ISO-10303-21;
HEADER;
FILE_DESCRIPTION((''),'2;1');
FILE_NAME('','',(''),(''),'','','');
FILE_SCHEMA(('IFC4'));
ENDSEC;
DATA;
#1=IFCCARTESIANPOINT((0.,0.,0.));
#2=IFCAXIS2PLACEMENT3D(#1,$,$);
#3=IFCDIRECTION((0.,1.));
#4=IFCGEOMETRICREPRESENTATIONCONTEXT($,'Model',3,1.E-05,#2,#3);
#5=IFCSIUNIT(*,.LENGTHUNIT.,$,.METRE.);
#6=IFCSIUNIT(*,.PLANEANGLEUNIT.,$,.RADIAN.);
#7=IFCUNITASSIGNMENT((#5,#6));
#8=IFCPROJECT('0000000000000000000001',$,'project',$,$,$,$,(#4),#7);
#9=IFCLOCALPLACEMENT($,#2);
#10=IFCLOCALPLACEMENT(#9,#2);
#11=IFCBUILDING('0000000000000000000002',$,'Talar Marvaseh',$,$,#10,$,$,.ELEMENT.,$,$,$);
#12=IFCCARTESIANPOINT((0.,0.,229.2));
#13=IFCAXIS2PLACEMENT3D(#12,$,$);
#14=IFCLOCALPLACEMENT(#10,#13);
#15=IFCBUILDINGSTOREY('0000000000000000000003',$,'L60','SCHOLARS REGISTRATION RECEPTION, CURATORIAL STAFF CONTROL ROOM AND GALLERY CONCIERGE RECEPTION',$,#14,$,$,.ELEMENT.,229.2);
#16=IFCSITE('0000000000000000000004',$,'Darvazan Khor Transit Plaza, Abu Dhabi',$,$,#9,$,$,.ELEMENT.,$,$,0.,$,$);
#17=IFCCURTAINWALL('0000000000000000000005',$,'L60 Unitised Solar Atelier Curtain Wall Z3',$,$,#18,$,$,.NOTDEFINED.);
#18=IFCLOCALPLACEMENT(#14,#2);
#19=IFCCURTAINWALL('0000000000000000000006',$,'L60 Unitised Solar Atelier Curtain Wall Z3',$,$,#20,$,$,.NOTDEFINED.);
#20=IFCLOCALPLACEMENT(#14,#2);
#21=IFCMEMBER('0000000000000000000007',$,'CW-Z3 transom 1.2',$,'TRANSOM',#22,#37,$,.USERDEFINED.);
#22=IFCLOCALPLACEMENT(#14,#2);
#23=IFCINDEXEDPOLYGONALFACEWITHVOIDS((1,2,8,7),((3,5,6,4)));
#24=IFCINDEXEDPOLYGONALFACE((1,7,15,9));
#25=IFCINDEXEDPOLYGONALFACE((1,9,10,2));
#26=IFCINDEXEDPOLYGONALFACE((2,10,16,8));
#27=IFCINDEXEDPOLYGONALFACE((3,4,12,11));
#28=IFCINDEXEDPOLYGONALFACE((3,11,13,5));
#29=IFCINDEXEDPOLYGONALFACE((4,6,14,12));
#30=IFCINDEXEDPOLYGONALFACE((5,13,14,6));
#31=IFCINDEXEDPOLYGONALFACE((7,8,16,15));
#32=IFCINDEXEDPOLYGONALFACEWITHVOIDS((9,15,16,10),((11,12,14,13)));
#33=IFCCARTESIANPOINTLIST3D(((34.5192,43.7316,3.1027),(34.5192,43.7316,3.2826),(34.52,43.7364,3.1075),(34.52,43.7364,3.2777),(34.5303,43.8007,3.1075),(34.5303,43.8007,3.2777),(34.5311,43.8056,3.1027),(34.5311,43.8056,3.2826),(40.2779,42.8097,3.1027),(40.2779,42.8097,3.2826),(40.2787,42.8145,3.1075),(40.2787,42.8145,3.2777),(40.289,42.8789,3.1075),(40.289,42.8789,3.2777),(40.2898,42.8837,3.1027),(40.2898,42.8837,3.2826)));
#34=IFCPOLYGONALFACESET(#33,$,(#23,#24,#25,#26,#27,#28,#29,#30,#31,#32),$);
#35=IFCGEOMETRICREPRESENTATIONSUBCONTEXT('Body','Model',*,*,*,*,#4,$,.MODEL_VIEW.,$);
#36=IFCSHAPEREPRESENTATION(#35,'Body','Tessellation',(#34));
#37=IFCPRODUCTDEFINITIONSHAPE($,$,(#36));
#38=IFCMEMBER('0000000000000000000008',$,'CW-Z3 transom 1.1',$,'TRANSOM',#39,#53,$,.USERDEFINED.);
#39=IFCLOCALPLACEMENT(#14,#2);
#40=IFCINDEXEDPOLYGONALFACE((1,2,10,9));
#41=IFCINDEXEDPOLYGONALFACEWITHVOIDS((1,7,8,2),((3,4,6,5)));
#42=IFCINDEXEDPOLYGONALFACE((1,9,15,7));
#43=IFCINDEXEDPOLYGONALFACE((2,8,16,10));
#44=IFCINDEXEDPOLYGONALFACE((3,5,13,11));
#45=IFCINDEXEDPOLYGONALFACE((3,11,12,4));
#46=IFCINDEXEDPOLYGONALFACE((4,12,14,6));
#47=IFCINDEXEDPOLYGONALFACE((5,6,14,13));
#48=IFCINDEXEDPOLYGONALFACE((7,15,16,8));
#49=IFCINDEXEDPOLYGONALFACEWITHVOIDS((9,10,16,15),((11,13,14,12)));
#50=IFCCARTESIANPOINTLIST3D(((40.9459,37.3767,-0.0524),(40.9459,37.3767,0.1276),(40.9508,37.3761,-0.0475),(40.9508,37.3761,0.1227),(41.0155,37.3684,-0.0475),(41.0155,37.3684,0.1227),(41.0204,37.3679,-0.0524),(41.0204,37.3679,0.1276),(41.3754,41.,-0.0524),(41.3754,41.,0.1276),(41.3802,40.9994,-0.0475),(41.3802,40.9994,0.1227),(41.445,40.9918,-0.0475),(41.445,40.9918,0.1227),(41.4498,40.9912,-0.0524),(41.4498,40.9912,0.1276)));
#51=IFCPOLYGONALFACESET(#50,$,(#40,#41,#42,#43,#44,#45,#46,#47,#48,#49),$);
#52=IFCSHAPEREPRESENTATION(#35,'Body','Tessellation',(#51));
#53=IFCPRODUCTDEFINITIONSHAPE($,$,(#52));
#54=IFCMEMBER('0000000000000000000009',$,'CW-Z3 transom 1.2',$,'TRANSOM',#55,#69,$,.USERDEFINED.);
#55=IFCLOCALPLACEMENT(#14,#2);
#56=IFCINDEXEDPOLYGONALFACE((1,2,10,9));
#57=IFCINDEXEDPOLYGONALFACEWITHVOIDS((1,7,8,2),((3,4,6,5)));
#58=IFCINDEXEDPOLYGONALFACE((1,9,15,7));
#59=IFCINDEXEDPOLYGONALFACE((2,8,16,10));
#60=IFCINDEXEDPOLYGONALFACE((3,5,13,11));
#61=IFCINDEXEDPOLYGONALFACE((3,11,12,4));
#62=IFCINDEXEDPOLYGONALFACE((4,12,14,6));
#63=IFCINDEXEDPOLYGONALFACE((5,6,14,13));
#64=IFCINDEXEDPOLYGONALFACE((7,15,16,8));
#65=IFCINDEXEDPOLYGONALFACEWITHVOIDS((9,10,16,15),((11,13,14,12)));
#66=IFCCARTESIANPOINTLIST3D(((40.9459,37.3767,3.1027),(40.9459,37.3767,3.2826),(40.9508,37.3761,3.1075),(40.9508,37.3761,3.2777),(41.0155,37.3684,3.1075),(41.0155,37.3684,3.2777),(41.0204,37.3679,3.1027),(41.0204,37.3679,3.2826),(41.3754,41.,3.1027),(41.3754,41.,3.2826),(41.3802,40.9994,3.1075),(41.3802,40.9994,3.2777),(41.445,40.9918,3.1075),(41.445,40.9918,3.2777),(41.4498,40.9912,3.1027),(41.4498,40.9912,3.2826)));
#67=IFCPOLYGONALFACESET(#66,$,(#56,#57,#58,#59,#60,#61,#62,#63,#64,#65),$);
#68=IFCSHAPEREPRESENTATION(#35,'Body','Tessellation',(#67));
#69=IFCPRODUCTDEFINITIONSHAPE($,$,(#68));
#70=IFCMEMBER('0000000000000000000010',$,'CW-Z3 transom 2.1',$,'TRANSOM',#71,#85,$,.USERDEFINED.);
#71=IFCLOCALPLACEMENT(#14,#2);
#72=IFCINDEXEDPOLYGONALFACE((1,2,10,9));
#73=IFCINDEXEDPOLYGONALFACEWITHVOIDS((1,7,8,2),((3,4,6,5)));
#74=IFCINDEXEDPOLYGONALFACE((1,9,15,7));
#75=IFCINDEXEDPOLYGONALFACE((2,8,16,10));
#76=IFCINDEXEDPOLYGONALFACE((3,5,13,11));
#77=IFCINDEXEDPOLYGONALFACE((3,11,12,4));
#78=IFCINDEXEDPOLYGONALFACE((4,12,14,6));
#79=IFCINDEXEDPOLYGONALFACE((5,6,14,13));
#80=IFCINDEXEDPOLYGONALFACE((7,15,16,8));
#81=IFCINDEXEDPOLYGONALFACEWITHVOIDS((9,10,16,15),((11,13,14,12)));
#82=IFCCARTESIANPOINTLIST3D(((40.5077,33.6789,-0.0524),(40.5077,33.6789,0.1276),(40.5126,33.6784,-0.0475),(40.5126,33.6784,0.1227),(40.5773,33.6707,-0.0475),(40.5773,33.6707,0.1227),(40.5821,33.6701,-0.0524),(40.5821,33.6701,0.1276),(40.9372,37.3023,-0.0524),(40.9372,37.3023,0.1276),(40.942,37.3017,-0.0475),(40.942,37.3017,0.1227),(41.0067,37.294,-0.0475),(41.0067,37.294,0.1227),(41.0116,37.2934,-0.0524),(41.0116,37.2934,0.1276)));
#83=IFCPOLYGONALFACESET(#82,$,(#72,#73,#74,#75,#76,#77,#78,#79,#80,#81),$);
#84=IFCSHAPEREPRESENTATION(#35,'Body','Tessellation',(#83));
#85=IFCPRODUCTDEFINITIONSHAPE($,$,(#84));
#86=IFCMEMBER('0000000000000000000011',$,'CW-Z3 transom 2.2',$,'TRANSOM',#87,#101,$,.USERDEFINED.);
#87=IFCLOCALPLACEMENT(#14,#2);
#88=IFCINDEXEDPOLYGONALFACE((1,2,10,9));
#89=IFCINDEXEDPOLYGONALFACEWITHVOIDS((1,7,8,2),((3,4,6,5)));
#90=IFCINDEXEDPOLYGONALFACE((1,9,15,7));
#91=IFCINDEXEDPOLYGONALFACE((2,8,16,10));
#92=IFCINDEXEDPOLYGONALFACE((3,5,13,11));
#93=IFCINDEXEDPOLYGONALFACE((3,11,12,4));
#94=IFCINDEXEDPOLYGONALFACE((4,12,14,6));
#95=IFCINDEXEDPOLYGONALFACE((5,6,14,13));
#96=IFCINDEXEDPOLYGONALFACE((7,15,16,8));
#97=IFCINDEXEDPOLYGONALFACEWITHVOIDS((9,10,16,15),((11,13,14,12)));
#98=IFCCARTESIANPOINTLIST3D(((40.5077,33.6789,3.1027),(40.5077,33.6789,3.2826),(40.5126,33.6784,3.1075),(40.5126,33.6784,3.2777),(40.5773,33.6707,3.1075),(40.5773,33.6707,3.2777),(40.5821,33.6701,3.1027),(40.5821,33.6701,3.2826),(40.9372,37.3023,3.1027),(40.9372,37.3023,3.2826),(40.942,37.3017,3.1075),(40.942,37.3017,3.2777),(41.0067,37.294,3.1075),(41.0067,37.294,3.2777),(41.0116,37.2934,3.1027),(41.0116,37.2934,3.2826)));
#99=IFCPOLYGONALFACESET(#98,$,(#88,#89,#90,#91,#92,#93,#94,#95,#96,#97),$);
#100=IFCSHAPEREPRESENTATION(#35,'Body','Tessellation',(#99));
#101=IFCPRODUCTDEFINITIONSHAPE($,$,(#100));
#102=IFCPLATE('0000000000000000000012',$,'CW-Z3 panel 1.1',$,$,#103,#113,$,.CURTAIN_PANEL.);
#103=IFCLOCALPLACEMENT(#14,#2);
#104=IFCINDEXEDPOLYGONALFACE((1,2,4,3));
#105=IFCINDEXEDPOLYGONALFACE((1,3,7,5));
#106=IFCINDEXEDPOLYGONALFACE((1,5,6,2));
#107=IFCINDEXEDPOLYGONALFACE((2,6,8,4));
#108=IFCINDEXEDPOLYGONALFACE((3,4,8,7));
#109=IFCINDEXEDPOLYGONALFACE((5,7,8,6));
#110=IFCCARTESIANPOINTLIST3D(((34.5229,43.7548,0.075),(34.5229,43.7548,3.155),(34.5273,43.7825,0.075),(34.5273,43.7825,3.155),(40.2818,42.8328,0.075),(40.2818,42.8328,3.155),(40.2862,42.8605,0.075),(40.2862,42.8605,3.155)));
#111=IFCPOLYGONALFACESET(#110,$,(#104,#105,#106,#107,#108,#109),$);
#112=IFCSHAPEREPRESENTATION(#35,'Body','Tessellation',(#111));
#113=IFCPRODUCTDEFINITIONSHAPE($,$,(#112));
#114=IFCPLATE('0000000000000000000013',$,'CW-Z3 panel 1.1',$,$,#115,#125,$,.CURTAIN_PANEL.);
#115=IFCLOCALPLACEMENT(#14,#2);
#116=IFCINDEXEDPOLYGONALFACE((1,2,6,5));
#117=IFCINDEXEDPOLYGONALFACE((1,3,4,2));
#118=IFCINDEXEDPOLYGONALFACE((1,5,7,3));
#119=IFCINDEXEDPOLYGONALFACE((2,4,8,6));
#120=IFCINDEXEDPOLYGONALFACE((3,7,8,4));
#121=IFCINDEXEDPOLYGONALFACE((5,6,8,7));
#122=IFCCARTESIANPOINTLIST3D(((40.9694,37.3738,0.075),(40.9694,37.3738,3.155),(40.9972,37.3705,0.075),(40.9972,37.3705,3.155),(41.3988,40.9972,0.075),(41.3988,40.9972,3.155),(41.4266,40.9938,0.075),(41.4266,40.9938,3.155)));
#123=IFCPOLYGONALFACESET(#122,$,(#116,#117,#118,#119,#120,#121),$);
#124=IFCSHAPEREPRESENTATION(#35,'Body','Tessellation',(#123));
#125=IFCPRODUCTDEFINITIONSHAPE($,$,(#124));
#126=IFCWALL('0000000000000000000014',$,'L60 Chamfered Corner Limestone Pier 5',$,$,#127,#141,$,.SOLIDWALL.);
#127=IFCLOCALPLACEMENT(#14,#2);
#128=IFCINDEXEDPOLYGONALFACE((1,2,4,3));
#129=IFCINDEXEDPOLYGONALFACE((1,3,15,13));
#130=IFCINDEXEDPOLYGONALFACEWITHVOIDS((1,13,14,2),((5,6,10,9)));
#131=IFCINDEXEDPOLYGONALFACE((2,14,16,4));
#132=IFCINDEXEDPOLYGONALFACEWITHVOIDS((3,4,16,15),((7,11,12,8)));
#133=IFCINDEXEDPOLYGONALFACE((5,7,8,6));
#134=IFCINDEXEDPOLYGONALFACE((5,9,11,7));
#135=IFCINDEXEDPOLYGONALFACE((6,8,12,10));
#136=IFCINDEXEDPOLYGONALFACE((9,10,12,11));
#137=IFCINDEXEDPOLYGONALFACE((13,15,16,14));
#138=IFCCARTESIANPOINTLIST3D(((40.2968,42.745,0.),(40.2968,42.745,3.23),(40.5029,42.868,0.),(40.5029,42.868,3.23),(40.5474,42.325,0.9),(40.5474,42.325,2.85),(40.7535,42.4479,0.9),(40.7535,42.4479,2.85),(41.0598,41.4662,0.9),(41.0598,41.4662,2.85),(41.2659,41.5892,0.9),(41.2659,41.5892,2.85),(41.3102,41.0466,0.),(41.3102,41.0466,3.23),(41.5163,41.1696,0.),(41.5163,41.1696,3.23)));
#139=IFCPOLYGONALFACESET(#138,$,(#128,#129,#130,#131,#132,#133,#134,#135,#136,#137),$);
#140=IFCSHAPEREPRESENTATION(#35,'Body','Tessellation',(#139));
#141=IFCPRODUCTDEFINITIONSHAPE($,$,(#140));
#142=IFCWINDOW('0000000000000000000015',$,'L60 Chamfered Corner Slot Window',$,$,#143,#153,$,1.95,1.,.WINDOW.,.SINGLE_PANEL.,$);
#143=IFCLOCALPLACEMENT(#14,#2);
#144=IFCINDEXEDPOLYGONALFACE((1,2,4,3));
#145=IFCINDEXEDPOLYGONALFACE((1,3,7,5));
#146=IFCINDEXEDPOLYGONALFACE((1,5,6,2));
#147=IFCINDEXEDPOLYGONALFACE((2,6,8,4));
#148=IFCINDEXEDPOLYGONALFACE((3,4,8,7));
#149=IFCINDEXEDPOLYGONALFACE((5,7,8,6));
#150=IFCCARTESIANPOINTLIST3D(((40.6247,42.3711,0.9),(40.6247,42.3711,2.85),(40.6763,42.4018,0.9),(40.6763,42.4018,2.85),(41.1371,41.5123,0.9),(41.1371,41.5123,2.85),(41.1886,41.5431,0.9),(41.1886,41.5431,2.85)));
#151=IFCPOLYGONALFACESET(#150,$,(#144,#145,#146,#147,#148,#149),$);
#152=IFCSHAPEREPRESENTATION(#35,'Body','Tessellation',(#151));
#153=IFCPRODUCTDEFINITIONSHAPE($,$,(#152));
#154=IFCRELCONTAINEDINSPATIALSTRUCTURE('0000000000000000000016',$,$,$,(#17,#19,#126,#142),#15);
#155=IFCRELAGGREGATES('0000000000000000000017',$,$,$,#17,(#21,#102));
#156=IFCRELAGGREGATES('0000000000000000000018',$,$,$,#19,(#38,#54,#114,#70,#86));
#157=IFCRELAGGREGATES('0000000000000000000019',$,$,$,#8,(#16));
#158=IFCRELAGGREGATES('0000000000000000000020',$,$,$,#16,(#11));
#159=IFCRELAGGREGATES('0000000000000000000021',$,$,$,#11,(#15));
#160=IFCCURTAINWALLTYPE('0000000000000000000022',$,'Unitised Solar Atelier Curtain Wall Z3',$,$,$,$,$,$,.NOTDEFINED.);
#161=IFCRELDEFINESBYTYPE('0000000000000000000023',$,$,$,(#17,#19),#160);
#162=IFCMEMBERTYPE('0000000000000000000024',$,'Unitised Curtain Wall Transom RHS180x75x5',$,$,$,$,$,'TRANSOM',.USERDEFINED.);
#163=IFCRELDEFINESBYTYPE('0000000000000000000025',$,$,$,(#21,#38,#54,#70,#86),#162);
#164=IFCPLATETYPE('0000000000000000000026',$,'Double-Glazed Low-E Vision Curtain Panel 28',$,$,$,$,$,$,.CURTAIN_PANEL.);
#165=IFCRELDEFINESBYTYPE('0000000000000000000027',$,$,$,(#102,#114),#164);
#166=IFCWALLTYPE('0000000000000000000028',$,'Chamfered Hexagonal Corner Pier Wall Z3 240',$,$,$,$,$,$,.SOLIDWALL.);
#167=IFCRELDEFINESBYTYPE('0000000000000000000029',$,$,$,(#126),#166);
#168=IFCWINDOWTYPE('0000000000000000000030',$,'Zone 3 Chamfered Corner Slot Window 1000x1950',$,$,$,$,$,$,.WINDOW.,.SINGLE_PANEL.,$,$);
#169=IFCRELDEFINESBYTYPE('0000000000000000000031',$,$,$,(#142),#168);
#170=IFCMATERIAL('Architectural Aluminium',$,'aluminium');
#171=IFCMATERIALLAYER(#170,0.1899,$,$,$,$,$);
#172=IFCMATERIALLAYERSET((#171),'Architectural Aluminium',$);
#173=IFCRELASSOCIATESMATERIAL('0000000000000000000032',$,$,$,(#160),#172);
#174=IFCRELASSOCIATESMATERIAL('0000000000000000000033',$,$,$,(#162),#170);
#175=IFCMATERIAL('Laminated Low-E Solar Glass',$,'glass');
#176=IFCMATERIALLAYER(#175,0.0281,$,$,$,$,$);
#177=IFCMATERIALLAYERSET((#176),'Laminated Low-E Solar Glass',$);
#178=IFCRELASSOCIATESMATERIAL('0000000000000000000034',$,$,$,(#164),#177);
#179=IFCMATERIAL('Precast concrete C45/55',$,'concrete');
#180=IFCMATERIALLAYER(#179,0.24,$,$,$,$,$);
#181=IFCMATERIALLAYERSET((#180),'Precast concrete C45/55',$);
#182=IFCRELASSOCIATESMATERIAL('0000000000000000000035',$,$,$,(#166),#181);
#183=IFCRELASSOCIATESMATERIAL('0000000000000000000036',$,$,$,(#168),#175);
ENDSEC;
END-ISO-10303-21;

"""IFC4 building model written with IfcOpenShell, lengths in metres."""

from ifc_helpers import new_model, si_unit, direction, frame, frame_2d, origin, origin_2d, place, context, subcontext, project, spatial, rectangle, hollow_rectangle, extrude, source, transform, mapped, material, layer, layer_set, material_profile, profile_set, type_object, type_shapes, element, fill, aggregate, save


model = new_model("IFC4")

# Units and contexts
model_context = context("Model", 3, precision=1e-05, world=origin(), true_north=direction((0.0, 1.0)))
body_context = subcontext(model_context, "Body", "Model", "MODEL_VIEW")
ifc_project = project(units=[si_unit("LENGTHUNIT", "METRE"), si_unit("PLANEANGLEUNIT", "RADIAN")], contexts=[model_context])

# Site, building, storey
site_placement = place(None, origin())
site = spatial("IfcSite", under=ifc_project, at=site_placement, Name="Darvazan Khor Transit Plaza, Abu Dhabi", CompositionType="ELEMENT", RefElevation=0.0)
building_placement = place(site_placement, origin())
building = spatial("IfcBuilding", under=site, at=building_placement, Name="Talar Marvaseh", CompositionType="ELEMENT")
storey_placement = place(building_placement, frame((0.0, 0.0, 229.2)))
storey = spatial("IfcBuildingStorey", under=building, at=storey_placement, Name="L60", Description="SCHOLARS REGISTRATION RECEPTION, CURATORIAL STAFF CONTROL ROOM AND GALLERY CONCIERGE RECEPTION", CompositionType="ELEMENT", Elevation=229.2)

# Curtain wall
ifc_material_1 = material(Name="Architectural Aluminium", Category="aluminium")
ifc_layer_1 = layer(ifc_material_1, 0.1899)
ifc_layer_set_1 = layer_set([ifc_layer_1], Name="Architectural Aluminium")
curtain_wall_type = type_object("IfcCurtainWallType", Name="Unitised Solar Atelier Curtain Wall Z3", PredefinedType="NOTDEFINED", material=ifc_layer_set_1)
curtain_wall_1_placement = place(storey_placement, origin())
curtain_wall_1 = element("IfcCurtainWall", 1, at=curtain_wall_1_placement, inside=storey, type_object=curtain_wall_type, Name="L60 Unitised Solar Atelier Curtain Wall Z3", PredefinedType="NOTDEFINED")

# Curtain wall
curtain_wall_2_placement = place(storey_placement, origin())
curtain_wall_2 = element("IfcCurtainWall", 2, at=curtain_wall_2_placement, inside=storey, type_object=curtain_wall_type, Name="L60 Unitised Solar Atelier Curtain Wall Z3", PredefinedType="NOTDEFINED")

# Members
ifc_material_profile_1 = material_profile(ifc_material_1, hollow_rectangle(XDim=0.075, YDim=0.1799, WallThickness=0.0049, at=origin_2d()), Name="RHS180x75x5")
ifc_profile_set_1 = profile_set([ifc_material_profile_1], Name="Architectural Aluminium")
member_type_1 = type_object("IfcMemberType", Name="Unitised Curtain Wall Transom RHS180x75x5", ElementType="TRANSOM", PredefinedType="USERDEFINED", material=ifc_profile_set_1)
shared_shape_1 = source(origin(), body_context, "Body", "SweptSolid", [
    extrude(hollow_rectangle(XDim=0.075, YDim=0.1799, WallThickness=0.0049, at=origin_2d()), origin(), (0.0, 0.0, 1.0), 5.832),
])
member_1_placement = place(storey_placement, frame((34.5251, 43.7686, 3.1926), z_axis=(0.987428, -0.158069, 0.0), x_axis=(0.158069, 0.987428, 0.0)))
member_1 = element("IfcMember", 3, at=member_1_placement, type_object=member_type_1, Name="CW-Z3 transom 1.2", ObjectType="TRANSOM", PredefinedType="USERDEFINED", context=body_context, shape_type="MappedRepresentation", body=[
    mapped(shared_shape_1, transform((0.0, 0.0, 0.0), x_axis=(1.0, 0.0, 0.0), y_axis=(0.0, 1.0, 0.0), z_axis=(0.0, 0.0, 1.0), scale=1.0)),
])
shared_shape_2 = source(origin(), body_context, "Body", "SweptSolid", [
    extrude(hollow_rectangle(XDim=0.075, YDim=0.1799, WallThickness=0.0049, at=origin_2d()), origin(), (0.0, 0.0, 1.0), 3.6487),
])
type_shapes(member_type_1, [shared_shape_1, shared_shape_2])
member_2_placement = place(storey_placement, frame((41.4126, 40.9956, 0.0376), z_axis=(-0.117699, -0.993049, 0.0), x_axis=(0.993049, -0.117699, 0.0)))
member_2 = element("IfcMember", 4, at=member_2_placement, type_object=member_type_1, Name="CW-Z3 transom 1.1", ObjectType="TRANSOM", PredefinedType="USERDEFINED", context=body_context, shape_type="MappedRepresentation", body=[
    mapped(shared_shape_2, transform((0.0, 0.0, 0.0), x_axis=(1.0, 0.0, 0.0), y_axis=(0.0, 1.0, 0.0), z_axis=(0.0, 0.0, 1.0), scale=1.0)),
])
member_3_placement = place(storey_placement, frame((41.4126, 40.9956, 3.1926), z_axis=(-0.117699, -0.993049, 0.0), x_axis=(0.993049, -0.117699, 0.0)))
member_3 = element("IfcMember", 5, at=member_3_placement, type_object=member_type_1, Name="CW-Z3 transom 1.2", ObjectType="TRANSOM", PredefinedType="USERDEFINED", context=body_context, shape_type="MappedRepresentation", body=[
    mapped(shared_shape_2, transform((0.0, 0.0, 0.0), x_axis=(1.0, 0.0, 0.0), y_axis=(0.0, 1.0, 0.0), z_axis=(0.0, 0.0, 1.0), scale=1.0)),
])
member_4_placement = place(storey_placement, frame((40.9744, 37.2979, 0.0376), z_axis=(-0.117699, -0.993049, 0.0), x_axis=(0.993049, -0.117699, 0.0)))
member_4 = element("IfcMember", 6, at=member_4_placement, type_object=member_type_1, Name="CW-Z3 transom 2.1", ObjectType="TRANSOM", PredefinedType="USERDEFINED", context=body_context, shape_type="MappedRepresentation", body=[
    mapped(shared_shape_2, transform((0.0, 0.0, 0.0), x_axis=(1.0, 0.0, 0.0), y_axis=(0.0, 1.0, 0.0), z_axis=(0.0, 0.0, 1.0), scale=1.0)),
])
member_5_placement = place(storey_placement, frame((40.9744, 37.2979, 3.1926), z_axis=(-0.117699, -0.993049, 0.0), x_axis=(0.993049, -0.117699, 0.0)))
member_5 = element("IfcMember", 7, at=member_5_placement, type_object=member_type_1, Name="CW-Z3 transom 2.2", ObjectType="TRANSOM", PredefinedType="USERDEFINED", context=body_context, shape_type="MappedRepresentation", body=[
    mapped(shared_shape_2, transform((0.0, 0.0, 0.0), x_axis=(1.0, 0.0, 0.0), y_axis=(0.0, 1.0, 0.0), z_axis=(0.0, 0.0, 1.0), scale=1.0)),
])

# Plates
ifc_material_2 = material(Name="Laminated Low-E Solar Glass", Category="glass")
ifc_layer_2 = layer(ifc_material_2, 0.0281)
ifc_layer_set_2 = layer_set([ifc_layer_2], Name="Laminated Low-E Solar Glass")
plate_type = type_object("IfcPlateType", Name="Double-Glazed Low-E Vision Curtain Panel 28", PredefinedType="CURTAIN_PANEL", material=ifc_layer_set_2)
shared_shape_3 = source(origin(), body_context, "Body", "SweptSolid", [
    extrude(rectangle(XDim=5.8323, YDim=0.0281, at=origin_2d()), origin(), (0.0, 0.0, 1.0), 3.0801),
])
plate_1_placement = place(storey_placement, frame((37.4045, 43.3076, 0.075), z_axis=(0.0, 0.0, 1.0), x_axis=(0.987426, -0.158085, 0.0)))
plate_1 = element("IfcPlate", 8, at=plate_1_placement, type_object=plate_type, Name="CW-Z3 panel 1.1", PredefinedType="CURTAIN_PANEL", context=body_context, shape_type="MappedRepresentation", body=[
    mapped(shared_shape_3, transform((0.0, 0.0, 0.0), x_axis=(1.0, 0.0, 0.0), y_axis=(0.0, 1.0, 0.0), z_axis=(0.0, 0.0, 1.0), scale=1.0)),
])
aggregate(curtain_wall_1, [member_1, plate_1])
shared_shape_4 = source(origin(), body_context, "Body", "SweptSolid", [
    extrude(rectangle(XDim=3.6487, YDim=0.0281, at=origin_2d()), origin(), (0.0, 0.0, 1.0), 3.0801),
])
type_shapes(plate_type, [shared_shape_3, shared_shape_4])
plate_2_placement = place(storey_placement, frame((41.198, 39.1838, 0.075), z_axis=(0.0, 0.0, 1.0), x_axis=(-0.117689, -0.993051, 0.0)))
plate_2 = element("IfcPlate", 9, at=plate_2_placement, type_object=plate_type, Name="CW-Z3 panel 1.1", PredefinedType="CURTAIN_PANEL", context=body_context, shape_type="MappedRepresentation", body=[
    mapped(shared_shape_4, transform((0.0, 0.0, 0.0), x_axis=(1.0, 0.0, 0.0), y_axis=(0.0, 1.0, 0.0), z_axis=(0.0, 0.0, 1.0), scale=1.0)),
])
aggregate(curtain_wall_2, [member_2, member_3, plate_2, member_4, member_5])

# Wall, opening, window
ifc_material_3 = material(Name="Precast concrete C45/55", Category="concrete")
ifc_layer_3 = layer(ifc_material_3, 0.24)
ifc_layer_set_3 = layer_set([ifc_layer_3], Name="Precast concrete C45/55")
wall_type_1 = type_object("IfcWallType", Name="Chamfered Hexagonal Corner Pier Wall Z3 240", PredefinedType="SOLIDWALL", material=ifc_layer_set_3)
wall_1_placement = place(storey_placement, frame((40.3999, 42.8064, 0.0), z_axis=(0.0, 0.0, 1.0), x_axis=(0.512389, -0.858754, 0.0)))
wall_1 = element("IfcWall", 10, at=wall_1_placement, inside=storey, type_object=wall_type_1, Name="L60 Chamfered Corner Limestone Pier 5", PredefinedType="SOLIDWALL", context=body_context, shape_type="SweptSolid", body=[
    extrude(rectangle(XDim=1.9778, YDim=0.24, at=frame_2d((0.9888, 0.0))), origin(), (0.0, 0.0, 1.0), 3.23),
])
opening_1_placement = place(wall_1_placement, frame((0.489, 0.0, 0.8999)))
opening_1 = element("IfcOpeningElement", 11, at=opening_1_placement, cuts=wall_1, PredefinedType="OPENING", context=body_context, shape_type="SweptSolid", body=[
    extrude(rectangle(XDim=1.0, YDim=1.95, at=frame_2d((0.5, 0.9751))), frame((0.0, 0.1299, 0.0), z_axis=(0.0, -1.0, 0.0), x_axis=(1.0, 0.0, 0.0)), (0.0, 0.0, 1.0), 0.26),
])
window_type = type_object("IfcWindowType", Name="Zone 3 Chamfered Corner Slot Window 1000x1950", PartitioningType="SINGLE_PANEL", PredefinedType="WINDOW", material=ifc_material_2)
shared_shape_5 = source(origin(), body_context, "Body", "SweptSolid", [
    extrude(rectangle(XDim=1.0, YDim=1.95, at=frame_2d((0.5, 0.9751))), frame((0.0, 0.03, 0.0), z_axis=(0.0, -1.0, 0.0), x_axis=(1.0, 0.0, 0.0)), (0.0, 0.0, 1.0), 0.0601),
])
type_shapes(window_type, [shared_shape_5])
window_placement = place(opening_1_placement, origin())
window = element("IfcWindow", 12, at=window_placement, inside=storey, type_object=window_type, Name="L60 Chamfered Corner Slot Window", OverallHeight=1.95, OverallWidth=1.0, PartitioningType="SINGLE_PANEL", PredefinedType="WINDOW", context=body_context, shape_type="MappedRepresentation", body=[
    mapped(shared_shape_5, transform((0.0, 0.0, 0.0), x_axis=(1.0, 0.0, 0.0), y_axis=(0.0, 1.0, 0.0), z_axis=(0.0, 0.0, 1.0), scale=1.0)),
])
fill(opening_1, window)

save(model, "model.ifc")
